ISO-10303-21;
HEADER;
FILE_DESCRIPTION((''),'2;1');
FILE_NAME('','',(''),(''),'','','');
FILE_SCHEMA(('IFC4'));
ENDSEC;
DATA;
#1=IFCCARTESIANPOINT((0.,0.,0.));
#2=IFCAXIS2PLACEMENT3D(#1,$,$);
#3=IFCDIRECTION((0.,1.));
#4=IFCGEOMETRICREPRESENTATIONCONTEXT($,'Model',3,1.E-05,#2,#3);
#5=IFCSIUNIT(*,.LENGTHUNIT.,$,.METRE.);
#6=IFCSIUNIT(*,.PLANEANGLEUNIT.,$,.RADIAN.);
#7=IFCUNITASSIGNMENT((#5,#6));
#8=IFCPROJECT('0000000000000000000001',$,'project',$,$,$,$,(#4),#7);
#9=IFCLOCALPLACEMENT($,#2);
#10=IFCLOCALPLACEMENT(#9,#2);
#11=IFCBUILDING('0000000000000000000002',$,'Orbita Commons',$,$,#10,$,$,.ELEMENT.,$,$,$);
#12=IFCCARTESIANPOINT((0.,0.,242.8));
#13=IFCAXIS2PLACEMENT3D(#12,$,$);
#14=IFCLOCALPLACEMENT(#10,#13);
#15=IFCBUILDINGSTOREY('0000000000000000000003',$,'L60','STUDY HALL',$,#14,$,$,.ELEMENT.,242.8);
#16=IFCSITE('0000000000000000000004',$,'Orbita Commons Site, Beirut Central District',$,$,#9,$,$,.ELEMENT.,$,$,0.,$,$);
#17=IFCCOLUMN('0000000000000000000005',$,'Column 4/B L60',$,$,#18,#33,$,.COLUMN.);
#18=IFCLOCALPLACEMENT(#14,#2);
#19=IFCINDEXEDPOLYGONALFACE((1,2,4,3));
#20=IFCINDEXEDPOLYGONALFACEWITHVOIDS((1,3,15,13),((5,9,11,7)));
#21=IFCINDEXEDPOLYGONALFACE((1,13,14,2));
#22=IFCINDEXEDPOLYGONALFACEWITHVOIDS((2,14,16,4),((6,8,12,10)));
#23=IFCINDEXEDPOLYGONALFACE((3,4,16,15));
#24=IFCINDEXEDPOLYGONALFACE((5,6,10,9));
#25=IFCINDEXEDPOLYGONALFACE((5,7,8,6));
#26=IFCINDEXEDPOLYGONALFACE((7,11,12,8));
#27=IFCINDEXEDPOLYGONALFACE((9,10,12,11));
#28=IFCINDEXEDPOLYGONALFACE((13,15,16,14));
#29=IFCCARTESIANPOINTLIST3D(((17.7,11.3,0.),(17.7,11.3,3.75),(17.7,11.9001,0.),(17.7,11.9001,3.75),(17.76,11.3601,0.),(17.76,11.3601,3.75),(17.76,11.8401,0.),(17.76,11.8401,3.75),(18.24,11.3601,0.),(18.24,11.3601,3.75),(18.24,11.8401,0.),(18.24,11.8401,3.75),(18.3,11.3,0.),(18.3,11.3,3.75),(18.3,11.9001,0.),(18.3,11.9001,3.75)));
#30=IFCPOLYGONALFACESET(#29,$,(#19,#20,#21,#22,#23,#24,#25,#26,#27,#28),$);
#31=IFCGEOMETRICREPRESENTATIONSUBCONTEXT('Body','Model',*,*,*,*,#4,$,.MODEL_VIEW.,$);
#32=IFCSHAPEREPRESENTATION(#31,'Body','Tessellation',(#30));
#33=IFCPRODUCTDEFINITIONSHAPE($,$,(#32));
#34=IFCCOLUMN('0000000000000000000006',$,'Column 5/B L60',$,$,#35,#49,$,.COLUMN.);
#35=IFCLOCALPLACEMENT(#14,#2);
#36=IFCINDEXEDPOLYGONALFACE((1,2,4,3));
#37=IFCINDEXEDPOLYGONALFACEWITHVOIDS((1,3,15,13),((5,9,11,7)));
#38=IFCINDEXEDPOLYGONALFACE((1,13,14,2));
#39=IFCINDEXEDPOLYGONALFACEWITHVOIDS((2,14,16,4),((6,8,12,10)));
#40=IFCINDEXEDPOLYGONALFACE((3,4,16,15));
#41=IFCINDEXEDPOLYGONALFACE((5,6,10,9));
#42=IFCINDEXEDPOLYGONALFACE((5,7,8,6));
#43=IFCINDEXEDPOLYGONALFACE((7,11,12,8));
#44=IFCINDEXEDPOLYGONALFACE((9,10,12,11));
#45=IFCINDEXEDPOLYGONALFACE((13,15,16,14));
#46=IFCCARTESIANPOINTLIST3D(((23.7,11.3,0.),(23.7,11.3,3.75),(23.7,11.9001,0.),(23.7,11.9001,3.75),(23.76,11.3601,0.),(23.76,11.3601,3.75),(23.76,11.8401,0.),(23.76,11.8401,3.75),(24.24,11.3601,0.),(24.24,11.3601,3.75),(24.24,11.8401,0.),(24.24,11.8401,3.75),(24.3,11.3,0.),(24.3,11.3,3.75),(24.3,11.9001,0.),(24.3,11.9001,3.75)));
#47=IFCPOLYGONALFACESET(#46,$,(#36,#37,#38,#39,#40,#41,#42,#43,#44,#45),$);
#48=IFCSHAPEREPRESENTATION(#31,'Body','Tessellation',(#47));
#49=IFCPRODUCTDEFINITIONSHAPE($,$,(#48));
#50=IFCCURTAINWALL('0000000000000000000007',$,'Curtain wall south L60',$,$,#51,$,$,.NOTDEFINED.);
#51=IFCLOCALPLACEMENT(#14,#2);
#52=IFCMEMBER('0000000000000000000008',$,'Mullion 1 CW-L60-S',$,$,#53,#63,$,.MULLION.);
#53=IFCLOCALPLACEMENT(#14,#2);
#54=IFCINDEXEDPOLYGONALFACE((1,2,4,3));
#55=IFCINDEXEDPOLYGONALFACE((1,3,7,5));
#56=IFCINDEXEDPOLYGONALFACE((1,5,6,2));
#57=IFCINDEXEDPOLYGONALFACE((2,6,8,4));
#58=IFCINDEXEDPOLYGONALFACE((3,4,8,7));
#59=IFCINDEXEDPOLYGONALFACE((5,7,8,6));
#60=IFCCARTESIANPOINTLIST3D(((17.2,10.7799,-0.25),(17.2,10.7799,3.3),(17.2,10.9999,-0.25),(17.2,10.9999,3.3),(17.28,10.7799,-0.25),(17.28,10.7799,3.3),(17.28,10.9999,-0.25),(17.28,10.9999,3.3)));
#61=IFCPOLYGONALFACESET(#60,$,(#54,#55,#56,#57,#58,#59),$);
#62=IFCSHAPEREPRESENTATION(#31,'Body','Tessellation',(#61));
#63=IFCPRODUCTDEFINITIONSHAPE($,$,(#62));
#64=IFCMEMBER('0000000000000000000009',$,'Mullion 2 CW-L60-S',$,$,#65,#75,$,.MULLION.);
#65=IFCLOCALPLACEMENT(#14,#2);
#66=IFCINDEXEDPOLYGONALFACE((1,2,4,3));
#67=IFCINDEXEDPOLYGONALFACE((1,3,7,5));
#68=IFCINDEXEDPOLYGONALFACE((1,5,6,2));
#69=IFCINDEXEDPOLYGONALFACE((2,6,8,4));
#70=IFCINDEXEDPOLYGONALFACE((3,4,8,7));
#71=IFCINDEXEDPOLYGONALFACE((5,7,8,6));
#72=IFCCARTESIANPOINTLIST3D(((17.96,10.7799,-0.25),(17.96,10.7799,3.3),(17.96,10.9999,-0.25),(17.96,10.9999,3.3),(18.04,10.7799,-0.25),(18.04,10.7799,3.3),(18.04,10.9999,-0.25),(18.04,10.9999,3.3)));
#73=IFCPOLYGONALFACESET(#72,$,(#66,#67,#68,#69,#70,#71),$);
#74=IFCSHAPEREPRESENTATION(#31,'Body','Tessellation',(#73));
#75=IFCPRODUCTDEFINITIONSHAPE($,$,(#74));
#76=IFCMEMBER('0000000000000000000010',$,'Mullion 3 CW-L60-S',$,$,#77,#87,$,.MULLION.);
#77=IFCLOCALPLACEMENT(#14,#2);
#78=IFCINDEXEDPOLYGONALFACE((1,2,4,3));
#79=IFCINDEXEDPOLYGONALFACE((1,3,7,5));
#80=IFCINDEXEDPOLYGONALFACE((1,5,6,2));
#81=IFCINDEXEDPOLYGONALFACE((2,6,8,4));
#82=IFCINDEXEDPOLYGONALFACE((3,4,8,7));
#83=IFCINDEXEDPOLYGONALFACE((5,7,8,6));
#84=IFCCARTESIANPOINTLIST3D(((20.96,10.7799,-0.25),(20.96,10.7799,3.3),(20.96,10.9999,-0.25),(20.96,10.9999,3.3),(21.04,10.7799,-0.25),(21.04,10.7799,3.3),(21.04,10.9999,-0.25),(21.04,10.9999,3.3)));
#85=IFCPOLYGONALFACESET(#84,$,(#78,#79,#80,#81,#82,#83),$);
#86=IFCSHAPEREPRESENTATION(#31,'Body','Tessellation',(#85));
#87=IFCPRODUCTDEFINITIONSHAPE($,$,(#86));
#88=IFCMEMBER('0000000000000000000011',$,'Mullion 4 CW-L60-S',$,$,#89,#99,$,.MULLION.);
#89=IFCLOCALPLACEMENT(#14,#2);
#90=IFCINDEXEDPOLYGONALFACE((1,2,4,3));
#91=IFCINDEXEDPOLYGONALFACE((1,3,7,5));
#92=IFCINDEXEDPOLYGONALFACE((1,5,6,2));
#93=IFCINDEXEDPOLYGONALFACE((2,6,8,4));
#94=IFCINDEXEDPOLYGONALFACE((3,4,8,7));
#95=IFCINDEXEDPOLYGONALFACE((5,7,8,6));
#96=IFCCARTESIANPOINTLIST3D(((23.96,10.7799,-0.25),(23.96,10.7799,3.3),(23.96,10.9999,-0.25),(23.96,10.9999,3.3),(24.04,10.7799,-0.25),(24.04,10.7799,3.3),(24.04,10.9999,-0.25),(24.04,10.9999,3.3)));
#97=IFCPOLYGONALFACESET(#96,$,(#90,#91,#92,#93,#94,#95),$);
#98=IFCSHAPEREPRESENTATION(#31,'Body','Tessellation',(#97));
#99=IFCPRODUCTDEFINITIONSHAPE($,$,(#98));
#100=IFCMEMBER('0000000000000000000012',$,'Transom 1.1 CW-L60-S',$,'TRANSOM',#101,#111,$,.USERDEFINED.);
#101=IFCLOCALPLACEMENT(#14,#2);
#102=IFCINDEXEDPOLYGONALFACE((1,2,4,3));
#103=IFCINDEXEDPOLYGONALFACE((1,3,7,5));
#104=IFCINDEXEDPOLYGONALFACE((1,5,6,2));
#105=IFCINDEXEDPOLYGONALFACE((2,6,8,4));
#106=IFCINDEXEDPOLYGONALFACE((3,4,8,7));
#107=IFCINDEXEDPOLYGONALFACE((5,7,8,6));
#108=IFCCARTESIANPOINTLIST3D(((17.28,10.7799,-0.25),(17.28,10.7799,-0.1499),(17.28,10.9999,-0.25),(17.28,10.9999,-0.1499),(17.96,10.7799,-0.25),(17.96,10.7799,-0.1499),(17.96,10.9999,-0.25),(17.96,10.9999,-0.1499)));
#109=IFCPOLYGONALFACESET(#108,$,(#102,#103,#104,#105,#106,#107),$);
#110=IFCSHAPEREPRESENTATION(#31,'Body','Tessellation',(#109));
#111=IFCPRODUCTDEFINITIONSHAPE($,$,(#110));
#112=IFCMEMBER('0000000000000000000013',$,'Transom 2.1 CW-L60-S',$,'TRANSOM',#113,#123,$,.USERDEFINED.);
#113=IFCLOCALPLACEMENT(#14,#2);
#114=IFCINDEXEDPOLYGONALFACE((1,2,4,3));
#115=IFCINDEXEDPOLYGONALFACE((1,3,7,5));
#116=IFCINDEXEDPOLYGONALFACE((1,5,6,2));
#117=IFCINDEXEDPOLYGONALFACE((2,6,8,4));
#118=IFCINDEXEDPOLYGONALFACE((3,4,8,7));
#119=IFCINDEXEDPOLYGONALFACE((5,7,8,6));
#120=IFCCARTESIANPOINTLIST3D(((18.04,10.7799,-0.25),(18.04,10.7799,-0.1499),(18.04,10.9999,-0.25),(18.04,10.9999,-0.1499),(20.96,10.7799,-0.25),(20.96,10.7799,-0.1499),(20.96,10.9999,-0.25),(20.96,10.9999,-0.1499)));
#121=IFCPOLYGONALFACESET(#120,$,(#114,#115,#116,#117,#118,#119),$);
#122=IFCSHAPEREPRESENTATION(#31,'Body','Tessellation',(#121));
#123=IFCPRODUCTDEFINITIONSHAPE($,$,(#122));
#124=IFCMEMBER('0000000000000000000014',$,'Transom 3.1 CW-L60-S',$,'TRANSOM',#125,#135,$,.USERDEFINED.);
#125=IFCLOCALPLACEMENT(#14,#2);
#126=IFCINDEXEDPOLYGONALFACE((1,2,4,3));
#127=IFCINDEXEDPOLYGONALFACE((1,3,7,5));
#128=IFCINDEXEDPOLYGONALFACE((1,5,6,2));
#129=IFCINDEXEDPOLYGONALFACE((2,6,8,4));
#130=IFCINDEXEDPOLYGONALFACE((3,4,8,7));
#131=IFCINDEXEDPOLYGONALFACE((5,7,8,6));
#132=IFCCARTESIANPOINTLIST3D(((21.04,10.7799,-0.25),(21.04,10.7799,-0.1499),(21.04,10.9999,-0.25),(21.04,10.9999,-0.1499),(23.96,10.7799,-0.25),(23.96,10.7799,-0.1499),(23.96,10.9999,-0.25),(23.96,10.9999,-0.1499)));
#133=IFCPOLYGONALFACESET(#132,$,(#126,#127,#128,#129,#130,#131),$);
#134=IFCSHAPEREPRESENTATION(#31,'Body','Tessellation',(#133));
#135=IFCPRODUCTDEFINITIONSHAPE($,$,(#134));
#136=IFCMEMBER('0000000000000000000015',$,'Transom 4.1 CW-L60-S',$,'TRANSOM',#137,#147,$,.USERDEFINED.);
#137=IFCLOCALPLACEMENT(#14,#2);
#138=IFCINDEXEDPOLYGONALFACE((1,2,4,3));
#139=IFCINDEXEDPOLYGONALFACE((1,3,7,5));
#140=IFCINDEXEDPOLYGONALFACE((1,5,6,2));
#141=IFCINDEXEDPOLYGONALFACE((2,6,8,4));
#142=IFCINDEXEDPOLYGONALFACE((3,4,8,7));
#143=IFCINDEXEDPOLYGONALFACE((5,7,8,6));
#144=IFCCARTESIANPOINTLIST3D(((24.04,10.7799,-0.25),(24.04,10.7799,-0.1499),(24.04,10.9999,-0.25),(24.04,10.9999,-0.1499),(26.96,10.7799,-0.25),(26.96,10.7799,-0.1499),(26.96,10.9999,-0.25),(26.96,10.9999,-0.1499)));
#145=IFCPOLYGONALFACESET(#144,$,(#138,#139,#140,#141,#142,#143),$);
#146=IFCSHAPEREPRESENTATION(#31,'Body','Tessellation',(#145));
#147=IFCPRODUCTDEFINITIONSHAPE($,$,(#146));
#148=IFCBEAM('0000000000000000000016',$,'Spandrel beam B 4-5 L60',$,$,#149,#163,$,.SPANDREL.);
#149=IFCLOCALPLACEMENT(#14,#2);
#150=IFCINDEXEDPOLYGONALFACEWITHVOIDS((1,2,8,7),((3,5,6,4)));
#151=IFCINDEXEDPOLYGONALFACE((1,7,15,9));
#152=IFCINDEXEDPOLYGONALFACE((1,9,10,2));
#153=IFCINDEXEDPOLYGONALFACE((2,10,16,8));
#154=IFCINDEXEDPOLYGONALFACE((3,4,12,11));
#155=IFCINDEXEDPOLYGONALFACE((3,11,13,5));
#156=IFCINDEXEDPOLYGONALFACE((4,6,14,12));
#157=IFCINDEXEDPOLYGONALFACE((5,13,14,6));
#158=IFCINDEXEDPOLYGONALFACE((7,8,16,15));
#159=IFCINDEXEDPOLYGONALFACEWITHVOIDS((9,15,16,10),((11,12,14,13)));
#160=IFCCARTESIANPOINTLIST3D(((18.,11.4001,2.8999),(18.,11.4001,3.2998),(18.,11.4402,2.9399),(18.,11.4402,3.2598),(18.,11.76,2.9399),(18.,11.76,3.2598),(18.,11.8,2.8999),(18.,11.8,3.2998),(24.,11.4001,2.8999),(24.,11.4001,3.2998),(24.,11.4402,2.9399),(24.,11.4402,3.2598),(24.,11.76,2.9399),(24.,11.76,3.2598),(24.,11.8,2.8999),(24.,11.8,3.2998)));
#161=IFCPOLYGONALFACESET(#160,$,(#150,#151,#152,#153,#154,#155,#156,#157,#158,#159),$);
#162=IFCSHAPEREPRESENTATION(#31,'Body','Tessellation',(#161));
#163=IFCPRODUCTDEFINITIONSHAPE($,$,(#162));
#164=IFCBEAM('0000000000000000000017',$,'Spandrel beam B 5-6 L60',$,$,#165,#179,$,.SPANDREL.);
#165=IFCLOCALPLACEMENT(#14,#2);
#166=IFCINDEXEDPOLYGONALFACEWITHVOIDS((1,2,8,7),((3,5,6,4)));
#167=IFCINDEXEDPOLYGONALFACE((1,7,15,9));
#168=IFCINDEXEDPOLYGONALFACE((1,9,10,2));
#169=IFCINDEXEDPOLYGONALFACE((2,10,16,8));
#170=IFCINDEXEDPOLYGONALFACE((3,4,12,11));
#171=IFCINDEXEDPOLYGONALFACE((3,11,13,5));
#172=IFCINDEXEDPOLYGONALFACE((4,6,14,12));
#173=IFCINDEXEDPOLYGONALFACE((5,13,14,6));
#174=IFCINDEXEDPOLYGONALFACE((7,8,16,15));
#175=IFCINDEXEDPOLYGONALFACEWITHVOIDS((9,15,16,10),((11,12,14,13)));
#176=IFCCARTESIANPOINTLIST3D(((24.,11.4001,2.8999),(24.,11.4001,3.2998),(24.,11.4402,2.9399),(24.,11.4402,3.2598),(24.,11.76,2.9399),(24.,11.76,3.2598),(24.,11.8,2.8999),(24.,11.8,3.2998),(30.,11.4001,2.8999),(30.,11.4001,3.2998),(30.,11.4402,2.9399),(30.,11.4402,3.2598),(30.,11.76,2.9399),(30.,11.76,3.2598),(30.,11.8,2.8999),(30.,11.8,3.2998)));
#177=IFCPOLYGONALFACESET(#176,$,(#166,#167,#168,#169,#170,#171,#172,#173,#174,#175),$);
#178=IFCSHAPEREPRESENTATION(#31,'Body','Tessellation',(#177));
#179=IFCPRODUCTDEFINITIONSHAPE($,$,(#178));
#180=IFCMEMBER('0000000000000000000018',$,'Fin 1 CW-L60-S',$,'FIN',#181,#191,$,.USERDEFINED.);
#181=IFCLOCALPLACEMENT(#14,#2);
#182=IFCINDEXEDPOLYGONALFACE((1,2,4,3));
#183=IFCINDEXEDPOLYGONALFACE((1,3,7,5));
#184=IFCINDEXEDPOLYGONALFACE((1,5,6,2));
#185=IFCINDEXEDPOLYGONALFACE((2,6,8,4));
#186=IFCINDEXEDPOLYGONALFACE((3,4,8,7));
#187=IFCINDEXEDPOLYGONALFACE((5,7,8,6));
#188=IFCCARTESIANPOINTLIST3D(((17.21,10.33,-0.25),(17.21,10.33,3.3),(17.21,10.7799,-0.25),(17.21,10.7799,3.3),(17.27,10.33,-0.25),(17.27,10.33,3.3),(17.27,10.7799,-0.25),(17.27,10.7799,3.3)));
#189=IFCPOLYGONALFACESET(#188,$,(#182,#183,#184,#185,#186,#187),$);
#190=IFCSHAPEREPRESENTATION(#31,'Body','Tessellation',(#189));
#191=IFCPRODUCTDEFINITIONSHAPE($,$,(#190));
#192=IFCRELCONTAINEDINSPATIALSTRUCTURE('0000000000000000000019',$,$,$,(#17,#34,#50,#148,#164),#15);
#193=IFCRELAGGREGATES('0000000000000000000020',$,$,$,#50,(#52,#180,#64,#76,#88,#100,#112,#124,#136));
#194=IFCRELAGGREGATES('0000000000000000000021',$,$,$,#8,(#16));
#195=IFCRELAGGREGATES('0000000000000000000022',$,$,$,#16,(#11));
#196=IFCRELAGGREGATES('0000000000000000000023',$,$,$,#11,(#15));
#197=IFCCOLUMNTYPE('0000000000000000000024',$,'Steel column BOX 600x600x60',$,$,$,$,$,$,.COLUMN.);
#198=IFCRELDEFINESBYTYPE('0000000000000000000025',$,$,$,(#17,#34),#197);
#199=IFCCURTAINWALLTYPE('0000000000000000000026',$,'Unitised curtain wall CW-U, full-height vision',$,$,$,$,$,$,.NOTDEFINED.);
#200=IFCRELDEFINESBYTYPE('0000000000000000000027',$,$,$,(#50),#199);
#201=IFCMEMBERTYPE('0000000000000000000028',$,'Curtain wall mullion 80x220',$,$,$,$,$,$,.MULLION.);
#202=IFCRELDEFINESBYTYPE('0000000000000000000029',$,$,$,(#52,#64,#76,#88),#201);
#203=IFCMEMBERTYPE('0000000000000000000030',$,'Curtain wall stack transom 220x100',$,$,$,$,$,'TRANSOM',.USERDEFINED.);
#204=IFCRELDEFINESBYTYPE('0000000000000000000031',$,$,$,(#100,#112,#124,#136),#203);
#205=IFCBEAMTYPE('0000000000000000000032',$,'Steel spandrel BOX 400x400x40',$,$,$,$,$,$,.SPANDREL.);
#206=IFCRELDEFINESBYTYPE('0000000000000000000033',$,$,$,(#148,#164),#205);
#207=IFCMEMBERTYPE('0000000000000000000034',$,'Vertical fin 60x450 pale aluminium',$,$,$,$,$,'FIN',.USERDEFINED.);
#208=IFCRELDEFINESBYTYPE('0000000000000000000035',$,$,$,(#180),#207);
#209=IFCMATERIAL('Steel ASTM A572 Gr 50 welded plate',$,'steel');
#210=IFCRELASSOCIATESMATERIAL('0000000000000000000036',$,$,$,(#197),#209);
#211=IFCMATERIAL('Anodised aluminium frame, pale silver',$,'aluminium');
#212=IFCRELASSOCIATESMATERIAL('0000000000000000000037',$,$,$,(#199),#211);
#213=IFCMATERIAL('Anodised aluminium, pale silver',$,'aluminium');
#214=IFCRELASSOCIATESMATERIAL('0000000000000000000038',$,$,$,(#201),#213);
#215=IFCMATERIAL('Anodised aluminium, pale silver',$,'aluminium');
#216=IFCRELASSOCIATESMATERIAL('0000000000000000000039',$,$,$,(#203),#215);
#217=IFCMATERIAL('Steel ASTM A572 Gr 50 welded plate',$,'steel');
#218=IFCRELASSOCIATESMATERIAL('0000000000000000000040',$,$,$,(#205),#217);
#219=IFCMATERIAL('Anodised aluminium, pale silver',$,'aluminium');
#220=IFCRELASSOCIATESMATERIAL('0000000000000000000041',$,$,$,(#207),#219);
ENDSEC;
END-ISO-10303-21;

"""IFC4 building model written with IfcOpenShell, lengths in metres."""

from ifc_helpers import new_model, si_unit, direction, frame, origin, origin_2d, place, context, subcontext, project, spatial, rectangle, hollow_rectangle, extrude, material, material_profile, profile_set, type_object, element, aggregate, save


model = new_model("IFC4")

# Units and contexts
model_context = context("Model", 3, precision=1e-05, world=origin(), true_north=direction((0.0, 1.0)))
body_context = subcontext(model_context, "Body", "Model", "MODEL_VIEW")
ifc_project = project(units=[si_unit("LENGTHUNIT", "METRE"), si_unit("PLANEANGLEUNIT", "RADIAN")], contexts=[model_context])

# Site, building, storey
site_placement = place(None, origin())
site = spatial("IfcSite", under=ifc_project, at=site_placement, Name="Orbita Commons Site, Beirut Central District", CompositionType="ELEMENT", RefElevation=0.0)
building_placement = place(site_placement, origin())
building = spatial("IfcBuilding", under=site, at=building_placement, Name="Orbita Commons", CompositionType="ELEMENT")
storey_placement = place(building_placement, frame((0.0, 0.0, 242.8)))
storey = spatial("IfcBuildingStorey", under=building, at=storey_placement, Name="L60", Description="STUDY HALL", CompositionType="ELEMENT", Elevation=242.8)

# Columns
ifc_material_1 = material(Name="Steel ASTM A572 Gr 50 welded plate", Category="steel")
ifc_material_profile_1 = material_profile(ifc_material_1, hollow_rectangle(XDim=0.6001, YDim=0.6001, WallThickness=0.0601, at=origin_2d()), Name="BOX 600x600x60")
ifc_profile_set_1 = profile_set([ifc_material_profile_1], Name="Steel ASTM A572 Gr 50 welded plate")
column_type = type_object("IfcColumnType", Name="Steel column BOX 600x600x60", PredefinedType="COLUMN", material=ifc_profile_set_1)
for number, where, z_axis, x_axis, name in (
    (1, (18.0, 11.6001, 0.0), (0.0, 0.0, 1.0), (1.0, 0.0, 0.0), "Column 4/B L60"),
    (2, (24.0, 11.6001, 0.0), (0.0, 0.0, 1.0), (1.0, 0.0, 0.0), "Column 5/B L60"),
):
    element("IfcColumn", number, at=place(storey_placement, frame(where, z_axis=z_axis, x_axis=x_axis)), inside=storey, type_object=column_type, Name=name, PredefinedType="COLUMN", context=body_context, shape_type="SweptSolid", body=[
        extrude(hollow_rectangle(XDim=0.6001, YDim=0.6001, WallThickness=0.0601, at=origin_2d()), origin(), (0.0, 0.0, 1.0), 3.75),
    ])

# Curtain wall, members
ifc_material_2 = material(Name="Anodised aluminium frame, pale silver", Category="aluminium")
curtain_wall_type = type_object("IfcCurtainWallType", Name="Unitised curtain wall CW-U, full-height vision", PredefinedType="NOTDEFINED", material=ifc_material_2)
curtain_wall_placement = place(storey_placement, origin())
curtain_wall = element("IfcCurtainWall", 3, at=curtain_wall_placement, inside=storey, type_object=curtain_wall_type, Name="Curtain wall south L60", PredefinedType="NOTDEFINED")
ifc_material_3 = material(Name="Anodised aluminium, pale silver", Category="aluminium")
ifc_material_profile_2 = material_profile(ifc_material_3, rectangle(XDim=0.0801, YDim=0.22, at=origin_2d()), Name="AL 80x220")
ifc_profile_set_2 = profile_set([ifc_material_profile_2], Name="Anodised aluminium, pale silver")
member_type_1 = type_object("IfcMemberType", Name="Curtain wall mullion 80x220", PredefinedType="MULLION", material=ifc_profile_set_2)
member_1_placement = place(storey_placement, frame((17.24, 10.8899, -0.25), z_axis=(0.0, 0.0, 1.0), x_axis=(1.0, 0.0, 0.0)))
member_1 = element("IfcMember", 4, at=member_1_placement, type_object=member_type_1, Name="Mullion 1 CW-L60-S", PredefinedType="MULLION", context=body_context, shape_type="SweptSolid", body=[
    extrude(rectangle(XDim=0.0801, YDim=0.22, at=origin_2d()), origin(), (0.0, 0.0, 1.0), 3.55),
])
member_2_placement = place(storey_placement, frame((18.0, 10.8899, -0.25), z_axis=(0.0, 0.0, 1.0), x_axis=(1.0, 0.0, 0.0)))
member_2 = element("IfcMember", 5, at=member_2_placement, type_object=member_type_1, Name="Mullion 2 CW-L60-S", PredefinedType="MULLION", context=body_context, shape_type="SweptSolid", body=[
    extrude(rectangle(XDim=0.0801, YDim=0.22, at=origin_2d()), origin(), (0.0, 0.0, 1.0), 3.55),
])
member_3_placement = place(storey_placement, frame((21.0, 10.8899, -0.25), z_axis=(0.0, 0.0, 1.0), x_axis=(1.0, 0.0, 0.0)))
member_3 = element("IfcMember", 6, at=member_3_placement, type_object=member_type_1, Name="Mullion 3 CW-L60-S", PredefinedType="MULLION", context=body_context, shape_type="SweptSolid", body=[
    extrude(rectangle(XDim=0.0801, YDim=0.22, at=origin_2d()), origin(), (0.0, 0.0, 1.0), 3.55),
])
member_4_placement = place(storey_placement, frame((24.0, 10.8899, -0.25), z_axis=(0.0, 0.0, 1.0), x_axis=(1.0, 0.0, 0.0)))
member_4 = element("IfcMember", 7, at=member_4_placement, type_object=member_type_1, Name="Mullion 4 CW-L60-S", PredefinedType="MULLION", context=body_context, shape_type="SweptSolid", body=[
    extrude(rectangle(XDim=0.0801, YDim=0.22, at=origin_2d()), origin(), (0.0, 0.0, 1.0), 3.55),
])
ifc_material_4 = material(Name="Anodised aluminium, pale silver", Category="aluminium")
ifc_material_profile_3 = material_profile(ifc_material_4, rectangle(XDim=0.22, YDim=0.1001, at=origin_2d()), Name="AL 220x100")
ifc_profile_set_3 = profile_set([ifc_material_profile_3], Name="Anodised aluminium, pale silver")
member_type_2 = type_object("IfcMemberType", Name="Curtain wall stack transom 220x100", ElementType="TRANSOM", PredefinedType="USERDEFINED", material=ifc_profile_set_3)
member_5_placement = place(storey_placement, frame((17.28, 10.8899, -0.2), z_axis=(1.0, 0.0, 0.0), x_axis=(0.0, 1.0, 0.0)))
member_5 = element("IfcMember", 8, at=member_5_placement, type_object=member_type_2, Name="Transom 1.1 CW-L60-S", ObjectType="TRANSOM", PredefinedType="USERDEFINED", context=body_context, shape_type="SweptSolid", body=[
    extrude(rectangle(XDim=0.22, YDim=0.1001, at=origin_2d()), origin(), (0.0, 0.0, 1.0), 0.6799),
])
member_6_placement = place(storey_placement, frame((18.04, 10.8899, -0.2), z_axis=(1.0, 0.0, 0.0), x_axis=(0.0, 1.0, 0.0)))
member_6 = element("IfcMember", 9, at=member_6_placement, type_object=member_type_2, Name="Transom 2.1 CW-L60-S", ObjectType="TRANSOM", PredefinedType="USERDEFINED", context=body_context, shape_type="SweptSolid", body=[
    extrude(rectangle(XDim=0.22, YDim=0.1001, at=origin_2d()), origin(), (0.0, 0.0, 1.0), 2.9199),
])
member_7_placement = place(storey_placement, frame((21.04, 10.8899, -0.2), z_axis=(1.0, 0.0, 0.0), x_axis=(0.0, 1.0, 0.0)))
member_7 = element("IfcMember", 10, at=member_7_placement, type_object=member_type_2, Name="Transom 3.1 CW-L60-S", ObjectType="TRANSOM", PredefinedType="USERDEFINED", context=body_context, shape_type="SweptSolid", body=[
    extrude(rectangle(XDim=0.22, YDim=0.1001, at=origin_2d()), origin(), (0.0, 0.0, 1.0), 2.9199),
])
member_8_placement = place(storey_placement, frame((24.04, 10.8899, -0.2), z_axis=(1.0, 0.0, 0.0), x_axis=(0.0, 1.0, 0.0)))
member_8 = element("IfcMember", 11, at=member_8_placement, type_object=member_type_2, Name="Transom 4.1 CW-L60-S", ObjectType="TRANSOM", PredefinedType="USERDEFINED", context=body_context, shape_type="SweptSolid", body=[
    extrude(rectangle(XDim=0.22, YDim=0.1001, at=origin_2d()), origin(), (0.0, 0.0, 1.0), 2.9199),
])

# Beams
ifc_material_5 = material(Name="Steel ASTM A572 Gr 50 welded plate", Category="steel")
ifc_material_profile_4 = material_profile(ifc_material_5, hollow_rectangle(XDim=0.3999, YDim=0.3999, WallThickness=0.04, at=origin_2d()), Name="BOX 400x400x40")
ifc_profile_set_4 = profile_set([ifc_material_profile_4], Name="Steel ASTM A572 Gr 50 welded plate")
beam_type = type_object("IfcBeamType", Name="Steel spandrel BOX 400x400x40", PredefinedType="SPANDREL", material=ifc_profile_set_4)
for number, where, z_axis, x_axis, name in (
    (12, (18.0, 11.6001, 3.0999), (1.0, 0.0, 0.0), (0.0, 1.0, 0.0), "Spandrel beam B 4-5 L60"),
    (13, (24.0, 11.6001, 3.0999), (1.0, 0.0, 0.0), (0.0, 1.0, 0.0), "Spandrel beam B 5-6 L60"),
):
    element("IfcBeam", number, at=place(storey_placement, frame(where, z_axis=z_axis, x_axis=x_axis)), inside=storey, type_object=beam_type, Name=name, PredefinedType="SPANDREL", context=body_context, shape_type="SweptSolid", body=[
        extrude(hollow_rectangle(XDim=0.3999, YDim=0.3999, WallThickness=0.04, at=origin_2d()), origin(), (0.0, 0.0, 1.0), 6.0),
    ])

# Member
ifc_material_6 = material(Name="Anodised aluminium, pale silver", Category="aluminium")
ifc_material_profile_5 = material_profile(ifc_material_6, rectangle(XDim=0.0601, YDim=0.45, at=origin_2d()), Name="FIN 60x450")
ifc_profile_set_5 = profile_set([ifc_material_profile_5], Name="Anodised aluminium, pale silver")
member_type_3 = type_object("IfcMemberType", Name="Vertical fin 60x450 pale aluminium", ElementType="FIN", PredefinedType="USERDEFINED", material=ifc_profile_set_5)
member_9_placement = place(storey_placement, frame((17.24, 10.5549, -0.25), z_axis=(0.0, 0.0, 1.0), x_axis=(1.0, 0.0, 0.0)))
member_9 = element("IfcMember", 14, at=member_9_placement, type_object=member_type_3, Name="Fin 1 CW-L60-S", ObjectType="FIN", PredefinedType="USERDEFINED", context=body_context, shape_type="SweptSolid", body=[
    extrude(rectangle(XDim=0.0601, YDim=0.45, at=origin_2d()), origin(), (0.0, 0.0, 1.0), 3.55),
])

aggregate(curtain_wall, [member_1, member_9, member_2, member_3, member_4, member_5, member_6, member_7, member_8])

save(model, "model.ifc")
